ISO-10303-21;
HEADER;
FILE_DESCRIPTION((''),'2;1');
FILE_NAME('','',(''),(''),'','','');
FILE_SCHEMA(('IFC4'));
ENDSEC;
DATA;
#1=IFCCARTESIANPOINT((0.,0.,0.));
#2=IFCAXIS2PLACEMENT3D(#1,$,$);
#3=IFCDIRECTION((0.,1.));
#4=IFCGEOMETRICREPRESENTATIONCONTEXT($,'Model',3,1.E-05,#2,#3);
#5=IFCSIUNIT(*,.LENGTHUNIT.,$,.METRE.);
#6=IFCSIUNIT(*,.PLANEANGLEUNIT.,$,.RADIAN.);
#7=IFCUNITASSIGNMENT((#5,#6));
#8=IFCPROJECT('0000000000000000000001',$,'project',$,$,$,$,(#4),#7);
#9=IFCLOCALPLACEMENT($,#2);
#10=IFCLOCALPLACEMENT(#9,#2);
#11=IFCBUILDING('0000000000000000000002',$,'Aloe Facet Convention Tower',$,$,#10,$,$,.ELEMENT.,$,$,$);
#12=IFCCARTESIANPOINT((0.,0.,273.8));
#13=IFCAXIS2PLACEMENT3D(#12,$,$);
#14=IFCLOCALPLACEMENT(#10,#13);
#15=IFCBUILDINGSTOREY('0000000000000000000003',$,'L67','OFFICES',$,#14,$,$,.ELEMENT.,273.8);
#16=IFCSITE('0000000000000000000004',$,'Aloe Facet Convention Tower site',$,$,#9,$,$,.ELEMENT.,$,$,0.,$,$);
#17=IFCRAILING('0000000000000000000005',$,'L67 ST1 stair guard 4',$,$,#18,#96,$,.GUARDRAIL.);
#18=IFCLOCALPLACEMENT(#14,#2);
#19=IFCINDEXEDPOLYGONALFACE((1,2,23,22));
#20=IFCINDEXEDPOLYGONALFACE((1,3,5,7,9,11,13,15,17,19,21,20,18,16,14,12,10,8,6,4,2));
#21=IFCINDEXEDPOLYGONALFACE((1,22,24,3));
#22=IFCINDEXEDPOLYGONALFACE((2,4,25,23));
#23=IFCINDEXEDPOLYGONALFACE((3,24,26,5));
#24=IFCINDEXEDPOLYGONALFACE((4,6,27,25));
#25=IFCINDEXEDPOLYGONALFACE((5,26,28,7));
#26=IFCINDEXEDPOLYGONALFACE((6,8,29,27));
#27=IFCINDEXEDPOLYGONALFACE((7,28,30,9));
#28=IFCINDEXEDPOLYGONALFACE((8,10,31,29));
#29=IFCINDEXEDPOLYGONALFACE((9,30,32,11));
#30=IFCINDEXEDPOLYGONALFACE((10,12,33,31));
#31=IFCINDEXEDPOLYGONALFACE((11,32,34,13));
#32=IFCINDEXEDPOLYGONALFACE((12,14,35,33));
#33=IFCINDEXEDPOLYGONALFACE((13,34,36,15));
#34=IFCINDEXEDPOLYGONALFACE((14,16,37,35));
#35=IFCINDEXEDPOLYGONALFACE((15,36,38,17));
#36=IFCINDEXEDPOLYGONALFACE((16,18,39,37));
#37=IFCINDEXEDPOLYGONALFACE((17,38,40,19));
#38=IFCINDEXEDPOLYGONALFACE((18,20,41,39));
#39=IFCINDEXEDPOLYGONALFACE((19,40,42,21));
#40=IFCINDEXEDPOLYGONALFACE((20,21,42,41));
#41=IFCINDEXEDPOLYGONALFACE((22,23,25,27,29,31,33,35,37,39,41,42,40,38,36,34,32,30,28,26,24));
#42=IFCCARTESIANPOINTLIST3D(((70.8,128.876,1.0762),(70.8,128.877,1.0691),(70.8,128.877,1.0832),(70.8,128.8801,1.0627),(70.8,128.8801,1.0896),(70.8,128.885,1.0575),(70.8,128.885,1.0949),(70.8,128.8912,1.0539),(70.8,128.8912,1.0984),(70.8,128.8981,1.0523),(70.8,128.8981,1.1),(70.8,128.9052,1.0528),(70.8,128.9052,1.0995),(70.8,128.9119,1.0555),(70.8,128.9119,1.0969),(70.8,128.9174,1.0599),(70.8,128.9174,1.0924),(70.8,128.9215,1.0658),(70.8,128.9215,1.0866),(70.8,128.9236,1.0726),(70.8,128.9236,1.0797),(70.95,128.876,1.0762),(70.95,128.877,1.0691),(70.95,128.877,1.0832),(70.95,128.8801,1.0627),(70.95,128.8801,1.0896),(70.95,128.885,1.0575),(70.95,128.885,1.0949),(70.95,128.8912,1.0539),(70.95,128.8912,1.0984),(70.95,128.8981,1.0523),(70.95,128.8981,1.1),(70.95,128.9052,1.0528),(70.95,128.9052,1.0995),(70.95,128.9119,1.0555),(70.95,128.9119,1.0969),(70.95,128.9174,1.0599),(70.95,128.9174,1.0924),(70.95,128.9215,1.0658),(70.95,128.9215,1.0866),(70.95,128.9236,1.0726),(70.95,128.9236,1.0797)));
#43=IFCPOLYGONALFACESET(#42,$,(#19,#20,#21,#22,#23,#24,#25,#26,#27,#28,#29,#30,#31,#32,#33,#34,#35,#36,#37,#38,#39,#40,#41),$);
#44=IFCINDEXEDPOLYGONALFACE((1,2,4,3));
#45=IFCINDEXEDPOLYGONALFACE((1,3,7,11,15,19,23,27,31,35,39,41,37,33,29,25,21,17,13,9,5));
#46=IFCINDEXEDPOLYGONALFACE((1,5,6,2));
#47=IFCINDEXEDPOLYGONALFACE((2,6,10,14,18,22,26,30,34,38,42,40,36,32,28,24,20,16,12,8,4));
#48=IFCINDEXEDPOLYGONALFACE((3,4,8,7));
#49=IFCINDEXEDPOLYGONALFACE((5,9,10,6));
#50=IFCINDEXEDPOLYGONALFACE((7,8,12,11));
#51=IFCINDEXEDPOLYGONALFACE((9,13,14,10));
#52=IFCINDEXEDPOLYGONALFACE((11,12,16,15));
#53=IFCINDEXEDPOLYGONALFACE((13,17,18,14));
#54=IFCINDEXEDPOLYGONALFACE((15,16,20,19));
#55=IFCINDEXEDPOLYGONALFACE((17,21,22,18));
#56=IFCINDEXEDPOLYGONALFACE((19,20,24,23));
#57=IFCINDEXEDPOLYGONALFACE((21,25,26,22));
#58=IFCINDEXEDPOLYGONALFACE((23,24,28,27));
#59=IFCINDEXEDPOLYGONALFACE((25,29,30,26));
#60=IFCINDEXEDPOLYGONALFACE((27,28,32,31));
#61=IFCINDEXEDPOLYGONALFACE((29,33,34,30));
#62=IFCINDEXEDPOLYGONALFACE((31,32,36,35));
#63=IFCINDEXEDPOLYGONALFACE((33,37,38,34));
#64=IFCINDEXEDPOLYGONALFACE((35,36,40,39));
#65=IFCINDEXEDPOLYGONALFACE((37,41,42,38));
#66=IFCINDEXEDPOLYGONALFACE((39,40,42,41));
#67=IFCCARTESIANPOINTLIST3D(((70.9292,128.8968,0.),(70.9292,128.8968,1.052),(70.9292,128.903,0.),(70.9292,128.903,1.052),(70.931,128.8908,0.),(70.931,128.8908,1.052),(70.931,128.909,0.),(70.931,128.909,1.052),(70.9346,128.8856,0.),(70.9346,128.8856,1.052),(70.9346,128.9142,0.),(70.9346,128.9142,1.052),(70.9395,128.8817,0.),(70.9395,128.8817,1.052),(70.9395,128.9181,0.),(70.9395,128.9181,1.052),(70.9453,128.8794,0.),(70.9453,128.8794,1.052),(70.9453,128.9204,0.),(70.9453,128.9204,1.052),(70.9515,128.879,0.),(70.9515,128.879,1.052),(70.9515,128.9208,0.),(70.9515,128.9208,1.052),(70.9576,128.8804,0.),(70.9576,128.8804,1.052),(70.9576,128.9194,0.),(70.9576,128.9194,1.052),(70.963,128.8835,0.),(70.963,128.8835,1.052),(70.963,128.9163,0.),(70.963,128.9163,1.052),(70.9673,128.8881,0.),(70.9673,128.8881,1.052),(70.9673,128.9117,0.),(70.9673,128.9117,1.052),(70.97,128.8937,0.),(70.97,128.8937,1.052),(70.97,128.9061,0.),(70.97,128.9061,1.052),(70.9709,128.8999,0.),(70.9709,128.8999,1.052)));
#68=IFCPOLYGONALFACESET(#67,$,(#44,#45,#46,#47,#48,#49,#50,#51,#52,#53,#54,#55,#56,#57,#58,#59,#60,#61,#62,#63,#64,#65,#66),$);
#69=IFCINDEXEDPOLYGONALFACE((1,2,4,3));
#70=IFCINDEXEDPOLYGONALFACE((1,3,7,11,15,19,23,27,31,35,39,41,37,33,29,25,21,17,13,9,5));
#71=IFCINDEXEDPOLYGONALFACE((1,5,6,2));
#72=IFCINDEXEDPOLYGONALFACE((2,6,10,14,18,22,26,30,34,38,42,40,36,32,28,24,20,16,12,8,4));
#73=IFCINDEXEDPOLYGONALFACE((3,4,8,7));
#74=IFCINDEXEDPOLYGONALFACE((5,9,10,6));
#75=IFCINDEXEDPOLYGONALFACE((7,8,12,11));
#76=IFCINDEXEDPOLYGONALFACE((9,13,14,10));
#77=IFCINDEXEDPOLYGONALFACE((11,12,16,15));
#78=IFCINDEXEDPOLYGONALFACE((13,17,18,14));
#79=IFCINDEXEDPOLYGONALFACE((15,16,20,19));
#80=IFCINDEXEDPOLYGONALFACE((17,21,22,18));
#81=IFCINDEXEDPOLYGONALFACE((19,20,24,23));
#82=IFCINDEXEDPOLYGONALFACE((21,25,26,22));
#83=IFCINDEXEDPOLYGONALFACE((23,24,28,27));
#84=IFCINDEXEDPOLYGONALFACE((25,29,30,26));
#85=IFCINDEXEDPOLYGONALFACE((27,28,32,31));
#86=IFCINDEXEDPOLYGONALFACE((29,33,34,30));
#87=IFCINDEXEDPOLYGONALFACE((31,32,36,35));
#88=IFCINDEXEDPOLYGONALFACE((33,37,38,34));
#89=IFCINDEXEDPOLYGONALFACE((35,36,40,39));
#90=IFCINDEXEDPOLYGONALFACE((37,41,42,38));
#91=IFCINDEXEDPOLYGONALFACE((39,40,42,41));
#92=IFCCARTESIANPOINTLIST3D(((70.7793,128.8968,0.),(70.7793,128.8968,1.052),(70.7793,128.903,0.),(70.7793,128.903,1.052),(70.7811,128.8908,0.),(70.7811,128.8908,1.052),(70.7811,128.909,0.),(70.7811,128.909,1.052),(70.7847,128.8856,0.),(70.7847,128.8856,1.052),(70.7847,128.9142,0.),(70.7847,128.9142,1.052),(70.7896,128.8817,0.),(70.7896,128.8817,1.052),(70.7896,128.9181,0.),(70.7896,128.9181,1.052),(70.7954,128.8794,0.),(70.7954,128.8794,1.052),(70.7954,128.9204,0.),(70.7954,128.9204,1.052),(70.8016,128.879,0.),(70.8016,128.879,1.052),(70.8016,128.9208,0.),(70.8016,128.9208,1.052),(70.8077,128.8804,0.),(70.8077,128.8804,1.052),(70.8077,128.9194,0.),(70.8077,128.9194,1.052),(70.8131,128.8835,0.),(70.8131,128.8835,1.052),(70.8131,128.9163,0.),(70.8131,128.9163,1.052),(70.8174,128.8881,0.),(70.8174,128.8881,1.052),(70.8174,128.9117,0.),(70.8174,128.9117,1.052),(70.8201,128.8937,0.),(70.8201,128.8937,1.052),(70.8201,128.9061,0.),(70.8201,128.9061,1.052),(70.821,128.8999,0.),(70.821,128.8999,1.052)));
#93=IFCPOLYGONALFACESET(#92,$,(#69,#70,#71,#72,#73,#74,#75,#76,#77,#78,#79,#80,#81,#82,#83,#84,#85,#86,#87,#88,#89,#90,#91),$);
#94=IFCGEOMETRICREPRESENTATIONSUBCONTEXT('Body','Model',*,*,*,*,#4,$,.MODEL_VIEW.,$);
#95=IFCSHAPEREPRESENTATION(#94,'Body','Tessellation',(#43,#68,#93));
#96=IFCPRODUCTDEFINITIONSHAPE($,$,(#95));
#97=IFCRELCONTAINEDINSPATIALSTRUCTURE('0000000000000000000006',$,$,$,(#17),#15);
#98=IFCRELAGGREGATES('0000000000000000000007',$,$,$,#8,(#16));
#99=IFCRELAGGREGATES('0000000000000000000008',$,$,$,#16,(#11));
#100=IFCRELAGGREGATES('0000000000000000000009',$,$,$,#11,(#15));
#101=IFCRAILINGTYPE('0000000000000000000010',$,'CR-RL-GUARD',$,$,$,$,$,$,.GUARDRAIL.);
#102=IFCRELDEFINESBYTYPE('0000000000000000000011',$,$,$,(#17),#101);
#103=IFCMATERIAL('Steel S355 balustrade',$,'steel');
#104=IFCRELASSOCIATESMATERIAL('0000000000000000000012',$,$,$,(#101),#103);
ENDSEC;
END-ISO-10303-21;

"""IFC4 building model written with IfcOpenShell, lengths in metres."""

from ifc_helpers import new_model, si_unit, direction, frame, origin, origin_2d, place, context, subcontext, project, spatial, circle, extrude, material, type_object, element, save


model = new_model("IFC4")

# Units and contexts
model_context = context("Model", 3, precision=1e-05, world=origin(), true_north=direction((0.0, 1.0)))
body_context = subcontext(model_context, "Body", "Model", "MODEL_VIEW")
ifc_project = project(units=[si_unit("LENGTHUNIT", "METRE"), si_unit("PLANEANGLEUNIT", "RADIAN")], contexts=[model_context])

# Site, building, storey
site_placement = place(None, origin())
site = spatial("IfcSite", under=ifc_project, at=site_placement, Name="Aloe Facet Convention Tower site", CompositionType="ELEMENT", RefElevation=0.0)
building_placement = place(site_placement, origin())
building = spatial("IfcBuilding", under=site, at=building_placement, Name="Aloe Facet Convention Tower", CompositionType="ELEMENT")
storey_placement = place(building_placement, frame((0.0, 0.0, 273.8)))
storey = spatial("IfcBuildingStorey", under=building, at=storey_placement, Name="L67", Description="OFFICES", CompositionType="ELEMENT", Elevation=273.8)

# Railing
ifc_material_1 = material(Name="Steel S355 balustrade", Category="steel")
railing_type = type_object("IfcRailingType", Name="CR-RL-GUARD", PredefinedType="GUARDRAIL", material=ifc_material_1)
railing_placement = place(storey_placement, frame((70.95, 128.8999, 0.0)))
element("IfcRailing", 1, at=railing_placement, inside=storey, type_object=railing_type, Name="L67 ST1 stair guard 4", PredefinedType="GUARDRAIL", context=body_context, shape_type="SweptSolid", body=[
    extrude(circle(Radius=0.0239, at=origin_2d()), frame((0.0, 0.0, 1.0762), z_axis=(-1.0, 0.0, 0.0), x_axis=(0.0, -1.0, 0.0)), (0.0, 0.0, 1.0), 0.1499),
    extrude(circle(Radius=0.021, at=origin_2d()), origin(), (0.0, 0.0, 1.0), 1.052),
    extrude(circle(Radius=0.021, at=origin_2d()), frame((-0.1499, 0.0, 0.0)), (0.0, 0.0, 1.0), 1.052),
])

save(model, "model.ifc")
